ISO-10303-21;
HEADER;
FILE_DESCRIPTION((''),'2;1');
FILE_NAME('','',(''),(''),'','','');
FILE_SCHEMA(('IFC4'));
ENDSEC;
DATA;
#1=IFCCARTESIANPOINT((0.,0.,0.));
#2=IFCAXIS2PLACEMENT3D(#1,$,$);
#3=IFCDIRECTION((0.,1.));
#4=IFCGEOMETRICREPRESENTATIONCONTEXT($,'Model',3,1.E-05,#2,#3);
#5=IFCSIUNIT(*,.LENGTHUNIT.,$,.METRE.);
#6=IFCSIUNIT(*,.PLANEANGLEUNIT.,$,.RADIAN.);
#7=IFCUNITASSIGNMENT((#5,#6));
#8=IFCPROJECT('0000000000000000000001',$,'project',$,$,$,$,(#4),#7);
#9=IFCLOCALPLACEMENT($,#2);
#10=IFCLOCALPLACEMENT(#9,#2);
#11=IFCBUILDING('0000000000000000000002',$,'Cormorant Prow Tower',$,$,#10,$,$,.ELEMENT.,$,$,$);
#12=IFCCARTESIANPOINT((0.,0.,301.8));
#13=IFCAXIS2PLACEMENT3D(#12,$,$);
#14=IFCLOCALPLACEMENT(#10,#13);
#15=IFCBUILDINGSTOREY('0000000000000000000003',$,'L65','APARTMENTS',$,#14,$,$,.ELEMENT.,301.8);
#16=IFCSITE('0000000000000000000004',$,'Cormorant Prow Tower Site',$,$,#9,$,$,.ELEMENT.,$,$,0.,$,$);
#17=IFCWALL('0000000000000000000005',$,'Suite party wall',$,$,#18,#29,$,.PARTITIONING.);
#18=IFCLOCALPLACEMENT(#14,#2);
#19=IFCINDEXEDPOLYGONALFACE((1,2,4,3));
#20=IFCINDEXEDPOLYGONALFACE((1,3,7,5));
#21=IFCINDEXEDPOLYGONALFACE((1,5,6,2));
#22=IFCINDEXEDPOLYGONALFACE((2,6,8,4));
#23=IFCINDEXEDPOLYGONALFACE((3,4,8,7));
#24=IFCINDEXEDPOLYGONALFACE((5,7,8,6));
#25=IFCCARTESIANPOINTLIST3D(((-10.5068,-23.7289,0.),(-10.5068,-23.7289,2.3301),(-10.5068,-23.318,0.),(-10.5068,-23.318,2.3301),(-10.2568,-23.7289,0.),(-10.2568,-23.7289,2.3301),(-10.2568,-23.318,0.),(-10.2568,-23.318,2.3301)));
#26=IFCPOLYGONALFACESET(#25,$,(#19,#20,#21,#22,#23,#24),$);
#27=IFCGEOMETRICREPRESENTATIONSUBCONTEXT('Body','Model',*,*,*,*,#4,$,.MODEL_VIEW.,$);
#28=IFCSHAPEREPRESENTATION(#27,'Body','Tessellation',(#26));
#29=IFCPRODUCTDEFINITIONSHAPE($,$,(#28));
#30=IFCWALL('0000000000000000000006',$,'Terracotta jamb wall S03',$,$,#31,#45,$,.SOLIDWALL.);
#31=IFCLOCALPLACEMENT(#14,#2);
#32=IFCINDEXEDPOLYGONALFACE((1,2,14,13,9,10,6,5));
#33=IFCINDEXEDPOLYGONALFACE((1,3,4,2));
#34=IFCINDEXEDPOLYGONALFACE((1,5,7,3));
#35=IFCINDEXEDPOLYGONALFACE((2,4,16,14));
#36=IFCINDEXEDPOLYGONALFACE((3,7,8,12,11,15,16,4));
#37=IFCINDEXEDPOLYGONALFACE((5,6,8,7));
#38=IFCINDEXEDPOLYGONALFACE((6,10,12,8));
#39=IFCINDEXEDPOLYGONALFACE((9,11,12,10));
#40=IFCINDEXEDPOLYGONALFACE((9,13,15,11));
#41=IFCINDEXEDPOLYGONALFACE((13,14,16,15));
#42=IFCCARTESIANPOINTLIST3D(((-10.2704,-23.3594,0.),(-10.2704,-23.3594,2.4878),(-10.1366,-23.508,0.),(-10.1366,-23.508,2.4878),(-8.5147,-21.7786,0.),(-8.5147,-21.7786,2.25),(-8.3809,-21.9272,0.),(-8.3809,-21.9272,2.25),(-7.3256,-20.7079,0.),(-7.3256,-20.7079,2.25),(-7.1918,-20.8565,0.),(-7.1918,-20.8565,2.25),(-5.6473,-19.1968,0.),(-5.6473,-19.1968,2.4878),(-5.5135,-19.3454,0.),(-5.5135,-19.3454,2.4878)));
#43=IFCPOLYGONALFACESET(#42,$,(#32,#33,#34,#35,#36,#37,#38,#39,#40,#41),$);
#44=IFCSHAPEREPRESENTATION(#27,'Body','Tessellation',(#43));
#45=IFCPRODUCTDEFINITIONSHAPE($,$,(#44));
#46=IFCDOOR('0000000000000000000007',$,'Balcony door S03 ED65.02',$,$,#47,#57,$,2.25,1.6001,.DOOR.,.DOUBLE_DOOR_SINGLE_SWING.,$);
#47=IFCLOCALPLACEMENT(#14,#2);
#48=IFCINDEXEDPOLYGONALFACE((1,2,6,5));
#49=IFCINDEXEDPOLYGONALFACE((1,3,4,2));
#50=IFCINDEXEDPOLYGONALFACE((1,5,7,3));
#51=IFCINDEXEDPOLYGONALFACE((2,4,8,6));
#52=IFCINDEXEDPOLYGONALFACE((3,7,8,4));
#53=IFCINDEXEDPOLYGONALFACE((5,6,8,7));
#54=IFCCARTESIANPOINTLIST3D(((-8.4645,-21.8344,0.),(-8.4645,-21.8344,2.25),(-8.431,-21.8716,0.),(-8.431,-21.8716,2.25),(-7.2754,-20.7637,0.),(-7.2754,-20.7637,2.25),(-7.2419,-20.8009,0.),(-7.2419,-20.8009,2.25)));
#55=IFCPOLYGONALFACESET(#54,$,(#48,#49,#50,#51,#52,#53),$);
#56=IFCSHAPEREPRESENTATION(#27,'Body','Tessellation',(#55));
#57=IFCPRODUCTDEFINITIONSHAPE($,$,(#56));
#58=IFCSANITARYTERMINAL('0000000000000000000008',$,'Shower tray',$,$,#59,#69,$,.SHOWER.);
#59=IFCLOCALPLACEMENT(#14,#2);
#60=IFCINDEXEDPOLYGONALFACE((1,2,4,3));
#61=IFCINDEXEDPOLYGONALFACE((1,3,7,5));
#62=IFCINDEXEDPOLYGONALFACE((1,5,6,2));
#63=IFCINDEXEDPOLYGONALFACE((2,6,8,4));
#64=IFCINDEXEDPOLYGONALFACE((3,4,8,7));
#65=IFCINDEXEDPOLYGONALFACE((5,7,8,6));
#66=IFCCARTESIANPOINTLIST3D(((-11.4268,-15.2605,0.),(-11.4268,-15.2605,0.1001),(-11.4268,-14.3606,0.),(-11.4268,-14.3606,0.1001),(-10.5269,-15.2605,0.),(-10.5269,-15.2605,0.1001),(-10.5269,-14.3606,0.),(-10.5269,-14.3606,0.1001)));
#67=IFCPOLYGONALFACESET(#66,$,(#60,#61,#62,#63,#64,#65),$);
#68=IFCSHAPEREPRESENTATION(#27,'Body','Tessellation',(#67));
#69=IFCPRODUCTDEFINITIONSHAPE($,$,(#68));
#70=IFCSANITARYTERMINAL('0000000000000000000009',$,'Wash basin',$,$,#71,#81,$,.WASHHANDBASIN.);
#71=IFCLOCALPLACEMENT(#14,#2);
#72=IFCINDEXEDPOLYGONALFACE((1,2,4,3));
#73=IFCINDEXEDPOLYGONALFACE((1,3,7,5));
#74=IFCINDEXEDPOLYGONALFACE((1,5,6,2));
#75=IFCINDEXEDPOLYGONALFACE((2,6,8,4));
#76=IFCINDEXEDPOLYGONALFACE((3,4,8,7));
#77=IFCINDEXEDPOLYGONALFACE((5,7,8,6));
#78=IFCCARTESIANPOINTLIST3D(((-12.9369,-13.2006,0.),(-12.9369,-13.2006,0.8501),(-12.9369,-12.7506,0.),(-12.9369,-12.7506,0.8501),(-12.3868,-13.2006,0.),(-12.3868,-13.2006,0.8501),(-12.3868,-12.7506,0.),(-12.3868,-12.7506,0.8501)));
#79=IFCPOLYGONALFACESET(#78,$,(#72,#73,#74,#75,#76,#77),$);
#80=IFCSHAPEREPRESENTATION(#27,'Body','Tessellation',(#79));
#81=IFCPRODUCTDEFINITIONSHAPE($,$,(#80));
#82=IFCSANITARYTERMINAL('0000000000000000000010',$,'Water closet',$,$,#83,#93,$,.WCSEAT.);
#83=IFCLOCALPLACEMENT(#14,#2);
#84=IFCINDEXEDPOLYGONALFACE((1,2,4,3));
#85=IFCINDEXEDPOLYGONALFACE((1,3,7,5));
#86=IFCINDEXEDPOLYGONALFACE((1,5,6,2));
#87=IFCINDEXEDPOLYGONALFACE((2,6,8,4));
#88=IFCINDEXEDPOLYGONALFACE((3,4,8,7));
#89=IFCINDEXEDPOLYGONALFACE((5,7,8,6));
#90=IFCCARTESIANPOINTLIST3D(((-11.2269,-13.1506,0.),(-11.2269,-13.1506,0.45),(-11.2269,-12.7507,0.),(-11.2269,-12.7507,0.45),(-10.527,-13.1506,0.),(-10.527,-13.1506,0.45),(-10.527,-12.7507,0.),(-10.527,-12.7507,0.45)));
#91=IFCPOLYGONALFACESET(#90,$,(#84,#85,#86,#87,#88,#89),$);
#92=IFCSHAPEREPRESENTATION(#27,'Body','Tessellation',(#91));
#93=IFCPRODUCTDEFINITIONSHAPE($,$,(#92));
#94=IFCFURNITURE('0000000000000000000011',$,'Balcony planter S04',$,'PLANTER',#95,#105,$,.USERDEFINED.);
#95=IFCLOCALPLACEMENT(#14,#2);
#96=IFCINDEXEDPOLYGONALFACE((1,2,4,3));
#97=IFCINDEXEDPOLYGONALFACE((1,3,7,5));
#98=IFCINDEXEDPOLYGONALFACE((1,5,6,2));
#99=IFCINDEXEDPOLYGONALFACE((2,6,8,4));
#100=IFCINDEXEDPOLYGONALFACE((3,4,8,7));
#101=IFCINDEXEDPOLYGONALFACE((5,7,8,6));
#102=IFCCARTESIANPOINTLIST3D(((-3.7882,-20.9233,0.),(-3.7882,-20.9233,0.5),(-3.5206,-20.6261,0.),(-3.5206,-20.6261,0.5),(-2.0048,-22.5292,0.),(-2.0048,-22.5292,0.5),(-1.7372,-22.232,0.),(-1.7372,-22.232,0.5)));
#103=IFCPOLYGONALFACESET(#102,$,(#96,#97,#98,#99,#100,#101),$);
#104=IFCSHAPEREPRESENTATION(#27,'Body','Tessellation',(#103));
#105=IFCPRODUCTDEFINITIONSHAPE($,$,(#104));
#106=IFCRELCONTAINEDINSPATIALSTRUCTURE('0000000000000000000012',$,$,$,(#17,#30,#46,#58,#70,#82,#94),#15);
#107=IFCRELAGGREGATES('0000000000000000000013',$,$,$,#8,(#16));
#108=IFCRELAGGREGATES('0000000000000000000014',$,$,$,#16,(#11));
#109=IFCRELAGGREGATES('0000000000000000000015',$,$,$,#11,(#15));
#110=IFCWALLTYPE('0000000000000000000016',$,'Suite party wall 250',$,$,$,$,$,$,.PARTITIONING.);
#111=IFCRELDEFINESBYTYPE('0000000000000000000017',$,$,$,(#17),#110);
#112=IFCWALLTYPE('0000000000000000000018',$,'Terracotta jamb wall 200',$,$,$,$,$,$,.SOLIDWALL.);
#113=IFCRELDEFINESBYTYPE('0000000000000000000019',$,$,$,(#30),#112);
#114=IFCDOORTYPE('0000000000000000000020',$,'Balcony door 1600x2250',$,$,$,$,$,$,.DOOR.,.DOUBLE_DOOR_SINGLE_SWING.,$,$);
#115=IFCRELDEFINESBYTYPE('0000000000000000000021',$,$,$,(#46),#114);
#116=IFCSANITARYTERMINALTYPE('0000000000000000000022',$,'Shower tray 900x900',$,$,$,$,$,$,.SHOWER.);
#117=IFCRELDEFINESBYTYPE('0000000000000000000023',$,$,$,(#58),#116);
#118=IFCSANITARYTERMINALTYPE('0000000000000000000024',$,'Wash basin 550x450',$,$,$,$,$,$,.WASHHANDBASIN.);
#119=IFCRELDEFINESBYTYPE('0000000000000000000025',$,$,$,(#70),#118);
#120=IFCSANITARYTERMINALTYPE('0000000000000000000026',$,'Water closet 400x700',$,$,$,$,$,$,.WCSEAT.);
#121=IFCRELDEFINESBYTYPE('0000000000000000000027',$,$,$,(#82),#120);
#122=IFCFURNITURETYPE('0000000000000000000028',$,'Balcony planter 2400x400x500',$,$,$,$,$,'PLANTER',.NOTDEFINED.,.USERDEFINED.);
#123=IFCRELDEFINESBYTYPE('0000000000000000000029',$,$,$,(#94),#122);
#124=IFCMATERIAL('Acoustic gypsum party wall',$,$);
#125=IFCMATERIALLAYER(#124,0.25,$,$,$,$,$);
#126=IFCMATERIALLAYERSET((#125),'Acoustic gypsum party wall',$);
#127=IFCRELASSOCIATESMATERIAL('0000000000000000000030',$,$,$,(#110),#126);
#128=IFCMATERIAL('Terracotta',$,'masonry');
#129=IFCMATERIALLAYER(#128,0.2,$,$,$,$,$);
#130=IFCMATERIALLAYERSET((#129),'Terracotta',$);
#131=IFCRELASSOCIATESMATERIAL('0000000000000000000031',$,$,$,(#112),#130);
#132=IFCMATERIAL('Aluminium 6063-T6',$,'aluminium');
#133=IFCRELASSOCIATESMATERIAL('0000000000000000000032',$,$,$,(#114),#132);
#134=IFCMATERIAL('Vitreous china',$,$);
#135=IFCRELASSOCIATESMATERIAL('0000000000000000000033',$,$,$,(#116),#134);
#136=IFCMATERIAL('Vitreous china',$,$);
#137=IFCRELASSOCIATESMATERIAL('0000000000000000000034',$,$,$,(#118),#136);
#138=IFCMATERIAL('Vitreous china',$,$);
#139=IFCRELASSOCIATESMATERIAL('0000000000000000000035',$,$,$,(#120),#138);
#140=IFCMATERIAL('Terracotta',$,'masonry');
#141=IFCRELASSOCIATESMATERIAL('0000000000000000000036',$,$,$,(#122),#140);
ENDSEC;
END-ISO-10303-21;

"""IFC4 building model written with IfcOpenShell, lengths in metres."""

from ifc_helpers import new_model, si_unit, direction, frame, frame_2d, origin, origin_2d, place, context, subcontext, project, spatial, rectangle, extrude, material, layer, layer_set, type_object, element, fill, save


model = new_model("IFC4")

# Units and contexts
model_context = context("Model", 3, precision=1e-05, world=origin(), true_north=direction((0.0, 1.0)))
body_context = subcontext(model_context, "Body", "Model", "MODEL_VIEW")
ifc_project = project(units=[si_unit("LENGTHUNIT", "METRE"), si_unit("PLANEANGLEUNIT", "RADIAN")], contexts=[model_context])

# Site, building, storey
site_placement = place(None, origin())
site = spatial("IfcSite", under=ifc_project, at=site_placement, Name="Cormorant Prow Tower Site", CompositionType="ELEMENT", RefElevation=0.0)
building_placement = place(site_placement, origin())
building = spatial("IfcBuilding", under=site, at=building_placement, Name="Cormorant Prow Tower", CompositionType="ELEMENT")
storey_placement = place(building_placement, frame((0.0, 0.0, 301.8)))
storey = spatial("IfcBuildingStorey", under=building, at=storey_placement, Name="L65", Description="APARTMENTS", CompositionType="ELEMENT", Elevation=301.8)

# Wall
ifc_material_1 = material(Name="Acoustic gypsum party wall")
ifc_layer_1 = layer(ifc_material_1, 0.25)
ifc_layer_set_1 = layer_set([ifc_layer_1], Name="Acoustic gypsum party wall")
wall_type_1 = type_object("IfcWallType", Name="Suite party wall 250", PredefinedType="PARTITIONING", material=ifc_layer_set_1)
wall_1_placement = place(storey_placement, frame((-10.3818, -23.729, 0.0), z_axis=(0.0, 0.0, 1.0), x_axis=(0.0, 1.0, 0.0)))
element("IfcWall", 1, at=wall_1_placement, inside=storey, type_object=wall_type_1, Name="Suite party wall", PredefinedType="PARTITIONING", context=body_context, shape_type="SweptSolid", body=[
    extrude(rectangle(XDim=0.4109, YDim=0.25, at=frame_2d((0.2056, 0.0))), origin(), (0.0, 0.0, 1.0), 2.3301),
])

# Wall, opening, door
ifc_material_2 = material(Name="Terracotta", Category="masonry")
ifc_layer_2 = layer(ifc_material_2, 0.2)
ifc_layer_set_2 = layer_set([ifc_layer_2], Name="Terracotta")
wall_type_2 = type_object("IfcWallType", Name="Terracotta jamb wall 200", PredefinedType="SOLIDWALL", material=ifc_layer_set_2)
wall_2_placement = place(storey_placement, frame((-10.2034, -23.4336, 0.0), z_axis=(0.0, 0.0, 1.0), x_axis=(0.743146, 0.66913, 0.0)))
wall_2 = element("IfcWall", 2, at=wall_2_placement, inside=storey, type_object=wall_type_2, Name="Terracotta jamb wall S03", PredefinedType="SOLIDWALL", context=body_context, shape_type="SweptSolid", body=[
    extrude(rectangle(XDim=6.2209, YDim=0.2, at=frame_2d((3.1104, 0.0))), origin(), (0.0, 0.0, 1.0), 2.4878),
])
opening_1_placement = place(wall_2_placement, frame((2.3623, 0.0, 0.0)))
opening_1 = element("IfcOpeningElement", 3, at=opening_1_placement, cuts=wall_2, PredefinedType="OPENING", context=body_context, shape_type="SweptSolid", body=[
    extrude(rectangle(XDim=1.6001, YDim=2.25, at=frame_2d((0.8, 1.125))), frame((0.0, 0.1099, 0.0), z_axis=(0.0, -1.0, 0.0), x_axis=(1.0, 0.0, 0.0)), (0.0, 0.0, 1.0), 0.22),
])
ifc_material_3 = material(Name="Aluminium 6063-T6", Category="aluminium")
door_type_1 = type_object("IfcDoorType", Name="Balcony door 1600x2250", OperationType="DOUBLE_DOOR_SINGLE_SWING", PredefinedType="DOOR", material=ifc_material_3)
door_1_placement = place(opening_1_placement, origin())
door_1 = element("IfcDoor", 4, at=door_1_placement, inside=storey, type_object=door_type_1, Name="Balcony door S03 ED65.02", OperationType="DOUBLE_DOOR_SINGLE_SWING", OverallHeight=2.25, OverallWidth=1.6001, PredefinedType="DOOR", context=body_context, shape_type="SweptSolid", body=[
    extrude(rectangle(XDim=1.6001, YDim=2.25, at=frame_2d((0.8, 1.125))), frame((0.0, 0.0249, 0.0), z_axis=(0.0, -1.0, 0.0), x_axis=(1.0, 0.0, 0.0)), (0.0, 0.0, 1.0), 0.05),
])
fill(opening_1, door_1)

# Sanitary terminals
ifc_material_4 = material(Name="Vitreous china")
sanitary_terminal_type_1 = type_object("IfcSanitaryTerminalType", Name="Shower tray 900x900", PredefinedType="SHOWER", material=ifc_material_4)
sanitary_terminal_1_placement = place(storey_placement, frame((-10.9768, -14.8105, 0.0), z_axis=(0.0, 0.0, 1.0), x_axis=(-1.0, 0.0, 0.0)))
element("IfcSanitaryTerminal", 5, at=sanitary_terminal_1_placement, inside=storey, type_object=sanitary_terminal_type_1, Name="Shower tray", PredefinedType="SHOWER", context=body_context, shape_type="SweptSolid", body=[
    extrude(rectangle(XDim=0.8999, YDim=0.8999, at=origin_2d()), origin(), (0.0, 0.0, 1.0), 0.1001),
])
ifc_material_5 = material(Name="Vitreous china")
sanitary_terminal_type_2 = type_object("IfcSanitaryTerminalType", Name="Wash basin 550x450", PredefinedType="WASHHANDBASIN", material=ifc_material_5)
sanitary_terminal_2_placement = place(storey_placement, frame((-12.6619, -12.9756, 0.0), z_axis=(0.0, 0.0, 1.0), x_axis=(1.0, 0.0, 0.0)))
element("IfcSanitaryTerminal", 6, at=sanitary_terminal_2_placement, inside=storey, type_object=sanitary_terminal_type_2, Name="Wash basin", PredefinedType="WASHHANDBASIN", context=body_context, shape_type="SweptSolid", body=[
    extrude(rectangle(XDim=0.55, YDim=0.45, at=origin_2d()), origin(), (0.0, 0.0, 1.0), 0.8501),
])
ifc_material_6 = material(Name="Vitreous china")
sanitary_terminal_type_3 = type_object("IfcSanitaryTerminalType", Name="Water closet 400x700", PredefinedType="WCSEAT", material=ifc_material_6)
sanitary_terminal_3_placement = place(storey_placement, frame((-10.877, -12.9507, 0.0), z_axis=(0.0, 0.0, 1.0), x_axis=(0.0, -1.0, 0.0)))
element("IfcSanitaryTerminal", 7, at=sanitary_terminal_3_placement, inside=storey, type_object=sanitary_terminal_type_3, Name="Water closet", PredefinedType="WCSEAT", context=body_context, shape_type="SweptSolid", body=[
    extrude(rectangle(XDim=0.3999, YDim=0.7, at=origin_2d()), origin(), (0.0, 0.0, 1.0), 0.45),
])

# Furniture
ifc_material_7 = material(Name="Terracotta", Category="masonry")
furniture_type = type_object("IfcFurnitureType", Name="Balcony planter 2400x400x500", ElementType="PLANTER", AssemblyPlace="NOTDEFINED", PredefinedType="USERDEFINED", material=ifc_material_7)
furniture_placement = place(storey_placement, frame((-2.7627, -21.5776, 0.0), z_axis=(0.0, 0.0, 1.0), x_axis=(0.743145, -0.669131, 0.0)))
element("IfcFurniture", 8, at=furniture_placement, inside=storey, type_object=furniture_type, Name="Balcony planter S04", ObjectType="PLANTER", PredefinedType="USERDEFINED", context=body_context, shape_type="SweptSolid", body=[
    extrude(rectangle(XDim=2.3999, YDim=0.3999, at=origin_2d()), origin(), (0.0, 0.0, 1.0), 0.5),
])

save(model, "model.ifc")
